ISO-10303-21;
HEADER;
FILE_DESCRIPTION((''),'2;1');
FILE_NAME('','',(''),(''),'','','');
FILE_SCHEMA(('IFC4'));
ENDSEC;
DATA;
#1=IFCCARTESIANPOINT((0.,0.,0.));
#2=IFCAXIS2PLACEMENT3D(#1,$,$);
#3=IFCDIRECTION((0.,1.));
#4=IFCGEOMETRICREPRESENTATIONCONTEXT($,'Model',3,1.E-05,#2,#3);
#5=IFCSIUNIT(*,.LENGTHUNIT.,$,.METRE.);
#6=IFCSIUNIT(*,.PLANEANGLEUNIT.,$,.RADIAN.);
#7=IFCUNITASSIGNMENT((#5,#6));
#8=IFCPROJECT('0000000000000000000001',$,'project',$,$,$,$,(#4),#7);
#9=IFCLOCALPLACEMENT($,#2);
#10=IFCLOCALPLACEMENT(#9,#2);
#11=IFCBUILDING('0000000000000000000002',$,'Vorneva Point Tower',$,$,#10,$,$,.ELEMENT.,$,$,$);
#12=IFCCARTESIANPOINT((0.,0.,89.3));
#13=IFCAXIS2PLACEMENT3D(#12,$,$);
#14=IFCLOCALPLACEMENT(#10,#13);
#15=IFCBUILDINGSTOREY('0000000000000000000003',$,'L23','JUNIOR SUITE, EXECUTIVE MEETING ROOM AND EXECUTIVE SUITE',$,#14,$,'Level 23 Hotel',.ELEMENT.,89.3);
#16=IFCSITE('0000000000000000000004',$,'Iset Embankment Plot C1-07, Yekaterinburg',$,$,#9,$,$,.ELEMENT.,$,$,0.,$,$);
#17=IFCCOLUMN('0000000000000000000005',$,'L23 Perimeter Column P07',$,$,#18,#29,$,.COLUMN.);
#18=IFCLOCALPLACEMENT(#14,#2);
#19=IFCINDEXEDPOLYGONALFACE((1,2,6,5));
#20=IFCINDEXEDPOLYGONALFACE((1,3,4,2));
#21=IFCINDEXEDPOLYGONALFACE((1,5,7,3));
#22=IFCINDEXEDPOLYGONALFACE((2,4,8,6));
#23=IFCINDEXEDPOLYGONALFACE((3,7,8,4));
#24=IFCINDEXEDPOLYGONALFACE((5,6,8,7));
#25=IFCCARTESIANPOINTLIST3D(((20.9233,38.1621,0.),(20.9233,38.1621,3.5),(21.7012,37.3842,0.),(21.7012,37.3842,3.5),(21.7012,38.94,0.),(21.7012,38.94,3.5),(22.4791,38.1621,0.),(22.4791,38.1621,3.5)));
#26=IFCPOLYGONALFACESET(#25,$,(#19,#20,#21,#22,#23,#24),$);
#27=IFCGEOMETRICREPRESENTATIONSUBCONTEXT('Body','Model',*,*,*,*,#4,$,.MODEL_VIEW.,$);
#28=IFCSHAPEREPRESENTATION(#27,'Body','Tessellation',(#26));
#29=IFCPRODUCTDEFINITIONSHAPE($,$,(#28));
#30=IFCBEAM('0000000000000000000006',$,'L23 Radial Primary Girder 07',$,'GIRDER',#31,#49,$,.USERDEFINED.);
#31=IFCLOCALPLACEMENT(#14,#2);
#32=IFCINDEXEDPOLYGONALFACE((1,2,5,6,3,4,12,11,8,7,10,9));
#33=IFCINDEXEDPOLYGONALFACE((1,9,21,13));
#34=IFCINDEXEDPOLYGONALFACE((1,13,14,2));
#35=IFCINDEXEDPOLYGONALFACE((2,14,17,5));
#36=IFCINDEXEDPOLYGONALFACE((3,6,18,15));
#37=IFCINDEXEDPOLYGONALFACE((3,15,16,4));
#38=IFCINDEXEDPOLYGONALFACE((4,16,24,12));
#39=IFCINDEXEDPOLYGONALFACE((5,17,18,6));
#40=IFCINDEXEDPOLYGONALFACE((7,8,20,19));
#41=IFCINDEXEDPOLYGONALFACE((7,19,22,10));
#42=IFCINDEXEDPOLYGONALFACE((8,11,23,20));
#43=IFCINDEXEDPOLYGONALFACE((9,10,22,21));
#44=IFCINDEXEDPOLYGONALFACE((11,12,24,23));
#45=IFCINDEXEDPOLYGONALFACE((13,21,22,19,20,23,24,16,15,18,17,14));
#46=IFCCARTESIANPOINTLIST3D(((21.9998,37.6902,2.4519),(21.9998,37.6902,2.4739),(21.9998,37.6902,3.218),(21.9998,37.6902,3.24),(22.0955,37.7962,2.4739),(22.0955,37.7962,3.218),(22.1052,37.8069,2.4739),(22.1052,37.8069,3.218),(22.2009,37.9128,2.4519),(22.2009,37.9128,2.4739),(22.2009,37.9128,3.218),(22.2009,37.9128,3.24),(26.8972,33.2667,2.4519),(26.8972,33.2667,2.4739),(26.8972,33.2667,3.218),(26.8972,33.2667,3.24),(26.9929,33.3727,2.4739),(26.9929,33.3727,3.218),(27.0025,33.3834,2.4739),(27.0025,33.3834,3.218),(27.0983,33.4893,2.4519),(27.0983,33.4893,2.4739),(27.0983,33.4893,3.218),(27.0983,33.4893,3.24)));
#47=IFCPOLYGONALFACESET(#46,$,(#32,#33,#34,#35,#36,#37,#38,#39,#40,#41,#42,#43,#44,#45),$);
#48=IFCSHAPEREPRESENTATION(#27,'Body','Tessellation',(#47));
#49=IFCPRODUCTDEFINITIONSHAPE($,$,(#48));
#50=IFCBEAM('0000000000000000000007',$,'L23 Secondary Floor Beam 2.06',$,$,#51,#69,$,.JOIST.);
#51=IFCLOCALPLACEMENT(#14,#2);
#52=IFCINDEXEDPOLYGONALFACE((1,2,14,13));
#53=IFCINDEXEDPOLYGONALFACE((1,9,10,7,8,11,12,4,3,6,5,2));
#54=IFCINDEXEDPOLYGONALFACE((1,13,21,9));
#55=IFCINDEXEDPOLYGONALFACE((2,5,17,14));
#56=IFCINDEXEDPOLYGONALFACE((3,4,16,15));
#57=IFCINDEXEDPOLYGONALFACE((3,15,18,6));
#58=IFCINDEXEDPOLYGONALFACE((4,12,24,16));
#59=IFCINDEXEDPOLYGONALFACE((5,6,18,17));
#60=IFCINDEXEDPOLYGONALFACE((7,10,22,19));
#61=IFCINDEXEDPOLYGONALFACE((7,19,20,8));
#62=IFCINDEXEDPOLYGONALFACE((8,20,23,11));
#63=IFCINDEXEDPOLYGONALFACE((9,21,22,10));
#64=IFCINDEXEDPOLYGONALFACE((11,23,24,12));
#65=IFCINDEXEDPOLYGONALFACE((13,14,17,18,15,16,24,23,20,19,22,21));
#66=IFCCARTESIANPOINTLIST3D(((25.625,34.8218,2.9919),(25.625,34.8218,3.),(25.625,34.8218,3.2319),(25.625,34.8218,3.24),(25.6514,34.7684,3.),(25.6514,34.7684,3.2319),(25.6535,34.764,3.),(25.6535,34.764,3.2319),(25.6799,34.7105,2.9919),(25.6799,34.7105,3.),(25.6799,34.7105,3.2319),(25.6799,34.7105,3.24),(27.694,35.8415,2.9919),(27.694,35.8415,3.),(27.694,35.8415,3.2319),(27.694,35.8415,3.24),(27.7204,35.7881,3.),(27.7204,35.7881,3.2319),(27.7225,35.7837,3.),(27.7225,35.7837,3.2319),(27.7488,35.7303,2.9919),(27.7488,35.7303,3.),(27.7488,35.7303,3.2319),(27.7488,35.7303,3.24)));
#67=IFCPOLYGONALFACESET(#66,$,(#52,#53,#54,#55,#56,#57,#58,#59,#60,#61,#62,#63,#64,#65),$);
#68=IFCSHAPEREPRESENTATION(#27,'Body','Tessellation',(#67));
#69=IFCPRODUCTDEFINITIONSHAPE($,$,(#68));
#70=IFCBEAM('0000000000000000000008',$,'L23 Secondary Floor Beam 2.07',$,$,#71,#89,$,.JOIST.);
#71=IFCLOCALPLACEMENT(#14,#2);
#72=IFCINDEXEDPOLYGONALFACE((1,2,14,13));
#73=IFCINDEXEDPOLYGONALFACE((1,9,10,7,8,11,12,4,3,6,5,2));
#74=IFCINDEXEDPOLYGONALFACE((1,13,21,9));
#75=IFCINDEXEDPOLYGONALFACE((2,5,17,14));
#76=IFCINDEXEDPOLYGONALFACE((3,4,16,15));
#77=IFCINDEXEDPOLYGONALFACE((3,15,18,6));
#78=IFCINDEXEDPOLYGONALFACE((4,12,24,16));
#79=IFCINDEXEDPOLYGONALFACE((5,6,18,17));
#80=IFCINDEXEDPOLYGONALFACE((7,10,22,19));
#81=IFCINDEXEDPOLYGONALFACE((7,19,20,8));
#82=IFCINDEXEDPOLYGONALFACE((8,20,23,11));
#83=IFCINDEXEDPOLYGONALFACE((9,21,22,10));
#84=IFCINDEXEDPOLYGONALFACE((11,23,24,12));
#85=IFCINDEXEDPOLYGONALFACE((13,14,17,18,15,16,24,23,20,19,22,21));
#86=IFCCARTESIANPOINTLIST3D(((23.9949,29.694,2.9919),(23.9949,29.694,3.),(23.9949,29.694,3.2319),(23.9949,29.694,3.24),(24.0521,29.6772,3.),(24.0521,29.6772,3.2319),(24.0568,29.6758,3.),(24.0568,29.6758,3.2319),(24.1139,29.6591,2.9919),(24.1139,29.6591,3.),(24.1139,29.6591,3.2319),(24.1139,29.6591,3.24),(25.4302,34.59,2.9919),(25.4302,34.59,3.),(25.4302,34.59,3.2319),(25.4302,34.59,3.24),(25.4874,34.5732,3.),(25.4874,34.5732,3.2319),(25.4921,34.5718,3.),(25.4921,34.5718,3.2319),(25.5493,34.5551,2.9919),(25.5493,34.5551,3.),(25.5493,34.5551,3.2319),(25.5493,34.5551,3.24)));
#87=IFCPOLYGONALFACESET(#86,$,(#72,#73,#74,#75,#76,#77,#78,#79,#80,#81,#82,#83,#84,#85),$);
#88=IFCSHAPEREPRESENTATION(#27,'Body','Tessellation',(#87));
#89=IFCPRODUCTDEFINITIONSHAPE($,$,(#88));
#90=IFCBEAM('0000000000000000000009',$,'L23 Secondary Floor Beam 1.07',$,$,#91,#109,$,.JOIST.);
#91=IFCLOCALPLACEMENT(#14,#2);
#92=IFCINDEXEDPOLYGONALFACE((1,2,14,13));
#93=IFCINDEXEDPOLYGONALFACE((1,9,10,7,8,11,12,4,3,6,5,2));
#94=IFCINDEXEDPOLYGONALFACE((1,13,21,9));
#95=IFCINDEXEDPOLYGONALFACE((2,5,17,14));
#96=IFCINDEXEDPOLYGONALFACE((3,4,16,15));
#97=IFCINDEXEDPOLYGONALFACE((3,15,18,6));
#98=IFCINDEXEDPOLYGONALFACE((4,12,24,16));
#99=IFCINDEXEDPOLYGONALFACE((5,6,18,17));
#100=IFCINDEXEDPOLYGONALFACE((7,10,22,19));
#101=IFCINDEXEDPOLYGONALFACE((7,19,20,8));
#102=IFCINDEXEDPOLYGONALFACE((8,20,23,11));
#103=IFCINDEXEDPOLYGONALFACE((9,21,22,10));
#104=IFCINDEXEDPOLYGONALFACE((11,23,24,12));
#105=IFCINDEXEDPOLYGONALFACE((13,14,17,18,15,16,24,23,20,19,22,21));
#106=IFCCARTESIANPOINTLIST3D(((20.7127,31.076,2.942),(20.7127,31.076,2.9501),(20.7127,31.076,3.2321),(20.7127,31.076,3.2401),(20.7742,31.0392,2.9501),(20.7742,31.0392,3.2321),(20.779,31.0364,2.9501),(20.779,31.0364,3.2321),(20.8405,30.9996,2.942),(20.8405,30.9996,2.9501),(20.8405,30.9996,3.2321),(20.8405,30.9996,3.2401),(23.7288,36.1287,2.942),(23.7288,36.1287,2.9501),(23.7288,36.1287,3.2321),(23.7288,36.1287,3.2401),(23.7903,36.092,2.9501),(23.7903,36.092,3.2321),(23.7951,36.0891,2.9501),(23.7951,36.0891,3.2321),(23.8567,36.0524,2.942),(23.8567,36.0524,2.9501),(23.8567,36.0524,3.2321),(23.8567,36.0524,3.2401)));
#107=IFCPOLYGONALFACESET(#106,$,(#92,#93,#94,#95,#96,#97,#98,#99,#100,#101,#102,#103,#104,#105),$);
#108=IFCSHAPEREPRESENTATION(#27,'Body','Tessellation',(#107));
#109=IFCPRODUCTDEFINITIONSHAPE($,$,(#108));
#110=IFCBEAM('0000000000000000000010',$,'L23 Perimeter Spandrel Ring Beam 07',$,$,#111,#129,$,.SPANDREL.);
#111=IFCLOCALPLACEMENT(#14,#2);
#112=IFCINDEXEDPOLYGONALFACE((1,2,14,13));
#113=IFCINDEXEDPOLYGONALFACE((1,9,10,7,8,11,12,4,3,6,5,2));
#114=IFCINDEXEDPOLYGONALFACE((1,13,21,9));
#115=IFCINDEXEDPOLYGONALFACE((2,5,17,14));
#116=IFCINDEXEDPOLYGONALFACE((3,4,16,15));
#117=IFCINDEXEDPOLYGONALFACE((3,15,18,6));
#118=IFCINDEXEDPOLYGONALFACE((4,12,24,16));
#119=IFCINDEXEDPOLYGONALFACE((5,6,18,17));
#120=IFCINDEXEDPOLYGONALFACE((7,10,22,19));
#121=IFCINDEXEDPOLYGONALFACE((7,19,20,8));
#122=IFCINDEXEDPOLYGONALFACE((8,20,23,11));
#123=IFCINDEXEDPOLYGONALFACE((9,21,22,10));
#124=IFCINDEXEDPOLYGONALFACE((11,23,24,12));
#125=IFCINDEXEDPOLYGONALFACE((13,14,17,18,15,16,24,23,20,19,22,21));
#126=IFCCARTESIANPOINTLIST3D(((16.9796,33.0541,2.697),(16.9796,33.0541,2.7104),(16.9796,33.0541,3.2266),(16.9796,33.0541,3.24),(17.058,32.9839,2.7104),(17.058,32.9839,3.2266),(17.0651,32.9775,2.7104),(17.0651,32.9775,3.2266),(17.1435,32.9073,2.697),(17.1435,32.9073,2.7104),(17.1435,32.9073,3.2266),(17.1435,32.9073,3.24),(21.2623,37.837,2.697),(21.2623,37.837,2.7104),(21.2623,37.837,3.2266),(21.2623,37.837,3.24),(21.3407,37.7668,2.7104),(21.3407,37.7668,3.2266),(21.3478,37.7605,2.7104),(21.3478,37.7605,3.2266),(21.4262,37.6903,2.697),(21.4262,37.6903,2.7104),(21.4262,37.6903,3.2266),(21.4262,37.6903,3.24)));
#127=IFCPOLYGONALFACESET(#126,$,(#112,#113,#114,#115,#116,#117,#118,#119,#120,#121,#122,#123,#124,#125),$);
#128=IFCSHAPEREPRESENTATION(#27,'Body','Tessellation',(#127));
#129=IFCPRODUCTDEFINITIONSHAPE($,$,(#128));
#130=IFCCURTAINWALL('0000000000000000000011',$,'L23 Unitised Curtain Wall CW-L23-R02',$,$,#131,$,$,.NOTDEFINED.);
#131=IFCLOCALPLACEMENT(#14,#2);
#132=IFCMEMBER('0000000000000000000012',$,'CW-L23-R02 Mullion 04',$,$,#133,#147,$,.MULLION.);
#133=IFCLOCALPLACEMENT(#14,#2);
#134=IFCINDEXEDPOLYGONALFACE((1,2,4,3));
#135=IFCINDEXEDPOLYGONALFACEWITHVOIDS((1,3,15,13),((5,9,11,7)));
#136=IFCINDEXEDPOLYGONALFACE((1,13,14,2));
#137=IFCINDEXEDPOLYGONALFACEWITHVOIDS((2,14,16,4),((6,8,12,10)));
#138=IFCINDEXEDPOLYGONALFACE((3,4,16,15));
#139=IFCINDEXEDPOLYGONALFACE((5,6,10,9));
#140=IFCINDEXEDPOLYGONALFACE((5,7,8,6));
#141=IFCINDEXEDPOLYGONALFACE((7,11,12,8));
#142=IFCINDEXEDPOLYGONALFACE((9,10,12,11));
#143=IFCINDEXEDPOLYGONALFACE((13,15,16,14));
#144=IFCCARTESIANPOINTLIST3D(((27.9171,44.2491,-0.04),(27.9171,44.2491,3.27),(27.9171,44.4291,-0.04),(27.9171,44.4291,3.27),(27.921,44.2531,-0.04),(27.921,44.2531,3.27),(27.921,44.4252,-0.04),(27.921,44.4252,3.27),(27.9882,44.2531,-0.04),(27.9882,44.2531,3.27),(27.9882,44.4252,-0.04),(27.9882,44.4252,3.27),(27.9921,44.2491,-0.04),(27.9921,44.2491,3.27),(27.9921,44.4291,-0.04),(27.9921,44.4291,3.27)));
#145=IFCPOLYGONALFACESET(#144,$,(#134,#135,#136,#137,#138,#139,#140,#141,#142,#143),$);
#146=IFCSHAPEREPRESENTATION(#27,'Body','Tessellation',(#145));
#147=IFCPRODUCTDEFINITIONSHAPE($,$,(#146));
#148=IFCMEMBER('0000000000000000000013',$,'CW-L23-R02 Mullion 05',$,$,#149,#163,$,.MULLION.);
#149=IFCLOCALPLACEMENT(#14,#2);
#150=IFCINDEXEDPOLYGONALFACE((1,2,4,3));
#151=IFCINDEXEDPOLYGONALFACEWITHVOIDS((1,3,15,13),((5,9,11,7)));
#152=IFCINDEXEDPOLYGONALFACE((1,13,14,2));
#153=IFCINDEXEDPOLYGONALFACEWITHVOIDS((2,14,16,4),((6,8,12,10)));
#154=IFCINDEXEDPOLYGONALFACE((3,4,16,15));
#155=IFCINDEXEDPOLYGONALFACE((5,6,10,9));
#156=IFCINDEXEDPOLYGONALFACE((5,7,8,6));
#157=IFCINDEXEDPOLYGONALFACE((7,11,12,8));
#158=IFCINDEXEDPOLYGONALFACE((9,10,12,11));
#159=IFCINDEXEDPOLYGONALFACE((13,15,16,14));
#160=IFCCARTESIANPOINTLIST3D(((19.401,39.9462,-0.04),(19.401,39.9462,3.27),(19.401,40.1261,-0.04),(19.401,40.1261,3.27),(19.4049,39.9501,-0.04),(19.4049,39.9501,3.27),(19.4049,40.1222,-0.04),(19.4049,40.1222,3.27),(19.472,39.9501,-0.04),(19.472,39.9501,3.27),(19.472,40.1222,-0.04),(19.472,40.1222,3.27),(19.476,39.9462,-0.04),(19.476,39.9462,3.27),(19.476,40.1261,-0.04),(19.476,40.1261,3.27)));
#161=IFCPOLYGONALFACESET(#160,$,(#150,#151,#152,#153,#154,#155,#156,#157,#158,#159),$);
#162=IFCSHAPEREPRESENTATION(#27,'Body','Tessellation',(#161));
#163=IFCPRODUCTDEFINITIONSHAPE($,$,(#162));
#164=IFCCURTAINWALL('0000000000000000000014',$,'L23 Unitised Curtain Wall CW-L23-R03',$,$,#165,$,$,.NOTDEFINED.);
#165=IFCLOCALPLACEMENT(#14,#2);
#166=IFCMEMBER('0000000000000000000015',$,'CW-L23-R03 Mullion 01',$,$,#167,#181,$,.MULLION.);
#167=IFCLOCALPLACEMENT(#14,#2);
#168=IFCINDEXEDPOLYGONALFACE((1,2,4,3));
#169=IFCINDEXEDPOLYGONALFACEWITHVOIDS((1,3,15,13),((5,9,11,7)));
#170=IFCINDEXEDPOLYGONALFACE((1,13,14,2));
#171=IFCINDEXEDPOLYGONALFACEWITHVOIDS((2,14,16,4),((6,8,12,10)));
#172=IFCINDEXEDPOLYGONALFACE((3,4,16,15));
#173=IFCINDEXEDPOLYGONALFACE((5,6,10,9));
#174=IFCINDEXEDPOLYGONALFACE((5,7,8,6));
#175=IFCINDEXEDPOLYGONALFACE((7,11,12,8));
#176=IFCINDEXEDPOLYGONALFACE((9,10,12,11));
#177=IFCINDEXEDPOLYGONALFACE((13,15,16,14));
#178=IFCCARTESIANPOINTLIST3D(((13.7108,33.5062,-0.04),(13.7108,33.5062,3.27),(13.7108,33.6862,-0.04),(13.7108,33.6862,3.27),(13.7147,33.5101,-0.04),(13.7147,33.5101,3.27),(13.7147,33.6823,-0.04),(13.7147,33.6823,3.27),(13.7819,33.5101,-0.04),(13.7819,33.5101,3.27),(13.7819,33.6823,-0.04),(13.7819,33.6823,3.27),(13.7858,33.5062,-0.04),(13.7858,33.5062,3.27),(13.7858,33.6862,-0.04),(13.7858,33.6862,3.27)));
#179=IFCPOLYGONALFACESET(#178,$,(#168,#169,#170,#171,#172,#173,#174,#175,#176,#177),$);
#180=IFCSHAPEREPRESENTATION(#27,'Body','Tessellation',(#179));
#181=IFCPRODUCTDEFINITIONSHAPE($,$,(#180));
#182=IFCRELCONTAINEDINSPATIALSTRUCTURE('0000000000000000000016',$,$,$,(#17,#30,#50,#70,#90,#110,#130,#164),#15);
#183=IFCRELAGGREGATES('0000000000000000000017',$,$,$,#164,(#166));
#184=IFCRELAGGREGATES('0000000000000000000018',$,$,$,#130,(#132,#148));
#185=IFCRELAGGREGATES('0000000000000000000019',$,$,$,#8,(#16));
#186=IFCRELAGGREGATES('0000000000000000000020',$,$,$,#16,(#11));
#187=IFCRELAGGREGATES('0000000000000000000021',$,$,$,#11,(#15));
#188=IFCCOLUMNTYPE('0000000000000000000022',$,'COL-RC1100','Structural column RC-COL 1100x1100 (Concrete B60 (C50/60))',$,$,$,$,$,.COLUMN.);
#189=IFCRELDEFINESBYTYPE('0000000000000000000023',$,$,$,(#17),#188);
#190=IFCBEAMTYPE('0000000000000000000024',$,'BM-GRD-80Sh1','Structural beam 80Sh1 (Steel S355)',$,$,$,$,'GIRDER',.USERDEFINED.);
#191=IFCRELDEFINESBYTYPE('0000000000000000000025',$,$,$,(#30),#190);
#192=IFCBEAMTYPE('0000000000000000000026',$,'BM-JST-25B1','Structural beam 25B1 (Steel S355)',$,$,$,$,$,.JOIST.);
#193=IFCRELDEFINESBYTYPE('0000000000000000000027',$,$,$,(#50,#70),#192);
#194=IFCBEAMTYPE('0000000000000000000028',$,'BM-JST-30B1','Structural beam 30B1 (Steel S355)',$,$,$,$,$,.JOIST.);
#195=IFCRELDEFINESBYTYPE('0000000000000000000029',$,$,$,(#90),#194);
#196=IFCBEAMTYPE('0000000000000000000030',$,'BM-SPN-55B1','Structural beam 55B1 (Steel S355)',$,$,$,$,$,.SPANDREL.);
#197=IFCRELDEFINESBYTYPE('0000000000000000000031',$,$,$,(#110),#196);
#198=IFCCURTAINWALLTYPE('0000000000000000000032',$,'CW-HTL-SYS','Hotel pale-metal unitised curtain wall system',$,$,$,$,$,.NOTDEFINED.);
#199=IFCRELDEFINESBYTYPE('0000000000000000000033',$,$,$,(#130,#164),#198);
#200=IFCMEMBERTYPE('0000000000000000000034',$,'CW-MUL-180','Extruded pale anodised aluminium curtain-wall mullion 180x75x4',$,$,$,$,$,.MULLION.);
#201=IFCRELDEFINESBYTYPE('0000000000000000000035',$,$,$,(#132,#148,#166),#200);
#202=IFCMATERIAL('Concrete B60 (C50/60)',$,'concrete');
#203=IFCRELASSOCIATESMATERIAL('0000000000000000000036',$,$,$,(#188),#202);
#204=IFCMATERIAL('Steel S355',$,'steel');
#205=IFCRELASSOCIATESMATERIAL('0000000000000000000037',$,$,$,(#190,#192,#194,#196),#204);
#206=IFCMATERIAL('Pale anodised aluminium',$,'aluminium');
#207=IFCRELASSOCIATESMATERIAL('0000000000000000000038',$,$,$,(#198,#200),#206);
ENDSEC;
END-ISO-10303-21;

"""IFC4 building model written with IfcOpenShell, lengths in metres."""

from ifc_helpers import new_model, si_unit, direction, frame, origin, origin_2d, place, context, subcontext, project, spatial, rectangle, hollow_rectangle, i_section, extrude, material, material_profile, profile_set, type_object, element, aggregate, save


model = new_model("IFC4")

# Units and contexts
model_context = context("Model", 3, precision=1e-05, world=origin(), true_north=direction((0.0, 1.0)))
body_context = subcontext(model_context, "Body", "Model", "MODEL_VIEW")
ifc_project = project(units=[si_unit("LENGTHUNIT", "METRE"), si_unit("PLANEANGLEUNIT", "RADIAN")], contexts=[model_context])

# Site, building, storey
site_placement = place(None, origin())
site = spatial("IfcSite", under=ifc_project, at=site_placement, Name="Iset Embankment Plot C1-07, Yekaterinburg", CompositionType="ELEMENT", RefElevation=0.0)
building_placement = place(site_placement, origin())
building = spatial("IfcBuilding", under=site, at=building_placement, Name="Vorneva Point Tower", CompositionType="ELEMENT")
storey_placement = place(building_placement, frame((0.0, 0.0, 89.3)))
storey = spatial("IfcBuildingStorey", under=building, at=storey_placement, Name="L23", Description="JUNIOR SUITE, EXECUTIVE MEETING ROOM AND EXECUTIVE SUITE", LongName="Level 23 Hotel", CompositionType="ELEMENT", Elevation=89.3)

# Column
ifc_material_1 = material(Name="Concrete B60 (C50/60)", Category="concrete")
ifc_material_profile_1 = material_profile(ifc_material_1, rectangle(XDim=1.1001, YDim=1.1001, at=origin_2d()), Name="RC-COL 1100x1100")
ifc_profile_set_1 = profile_set([ifc_material_profile_1], Name="Concrete B60 (C50/60)")
column_type = type_object("IfcColumnType", Name="COL-RC1100", Description="Structural column RC-COL 1100x1100 (Concrete B60 (C50/60))", PredefinedType="COLUMN", material=ifc_profile_set_1)
column_placement = place(storey_placement, frame((21.7012, 38.1621, 0.0), z_axis=(0.0, 0.0, 1.0), x_axis=(-0.707107, 0.707107, 0.0)))
element("IfcColumn", 1, at=column_placement, inside=storey, type_object=column_type, Name="L23 Perimeter Column P07", PredefinedType="COLUMN", context=body_context, shape_type="SweptSolid", body=[
    extrude(rectangle(XDim=1.1001, YDim=1.1001, at=origin_2d()), origin(), (0.0, 0.0, 1.0), 3.5),
])

# Beams
ifc_material_2 = material(Name="Steel S355", Category="steel")
ifc_material_profile_2 = material_profile(ifc_material_2, i_section(OverallWidth=0.3, OverallDepth=0.7881, WebThickness=0.0144, FlangeThickness=0.022, at=origin_2d()), Name="80Sh1")
ifc_profile_set_2 = profile_set([ifc_material_profile_2], Name="Steel S355")
beam_type_1 = type_object("IfcBeamType", Name="BM-GRD-80Sh1", Description="Structural beam 80Sh1 (Steel S355)", ElementType="GIRDER", PredefinedType="USERDEFINED", material=ifc_profile_set_2)
beam_1_placement = place(storey_placement, frame((22.1003, 37.8015, 2.8459), z_axis=(0.742097, -0.670292, 0.0), x_axis=(0.670292, 0.742097, 0.0)))
element("IfcBeam", 2, at=beam_1_placement, inside=storey, type_object=beam_type_1, Name="L23 Radial Primary Girder 07", ObjectType="GIRDER", PredefinedType="USERDEFINED", context=body_context, shape_type="SweptSolid", body=[
    extrude(i_section(OverallWidth=0.3, OverallDepth=0.7881, WebThickness=0.0144, FlangeThickness=0.022, at=origin_2d()), origin(), (0.0, 0.0, 1.0), 6.5994),
])
ifc_material_profile_3 = material_profile(ifc_material_2, i_section(OverallWidth=0.124, OverallDepth=0.248, WebThickness=0.0049, FlangeThickness=0.0081, at=origin_2d()), Name="25B1")
ifc_profile_set_3 = profile_set([ifc_material_profile_3], Name="Steel S355")
beam_type_2 = type_object("IfcBeamType", Name="BM-JST-25B1", Description="Structural beam 25B1 (Steel S355)", PredefinedType="JOIST", material=ifc_profile_set_3)
beam_2_placement = place(storey_placement, frame((27.7214, 35.7859, 3.116), z_axis=(-0.896974, -0.442084, 0.0), x_axis=(0.442084, -0.896974, 0.0)))
element("IfcBeam", 3, at=beam_2_placement, inside=storey, type_object=beam_type_2, Name="L23 Secondary Floor Beam 2.06", PredefinedType="JOIST", context=body_context, shape_type="SweptSolid", body=[
    extrude(i_section(OverallWidth=0.124, OverallDepth=0.248, WebThickness=0.0049, FlangeThickness=0.0081, at=origin_2d()), origin(), (0.0, 0.0, 1.0), 2.3066),
])
beam_3_placement = place(storey_placement, frame((25.4897, 34.5725, 3.116), z_axis=(-0.281319, -0.959614, 0.0), x_axis=(0.959614, -0.281319, 0.0)))
element("IfcBeam", 4, at=beam_3_placement, inside=storey, type_object=beam_type_2, Name="L23 Secondary Floor Beam 2.07", PredefinedType="JOIST", context=body_context, shape_type="SweptSolid", body=[
    extrude(i_section(OverallWidth=0.124, OverallDepth=0.248, WebThickness=0.0049, FlangeThickness=0.0081, at=origin_2d()), origin(), (0.0, 0.0, 1.0), 5.1021),
])
ifc_material_profile_4 = material_profile(ifc_material_2, i_section(OverallWidth=0.1489, OverallDepth=0.2981, WebThickness=0.0056, FlangeThickness=0.0081, at=origin_2d()), Name="30B1")
ifc_profile_set_4 = profile_set([ifc_material_profile_4], Name="Steel S355")
beam_type_3 = type_object("IfcBeamType", Name="BM-JST-30B1", Description="Structural beam 30B1 (Steel S355)", PredefinedType="JOIST", material=ifc_profile_set_4)
beam_4_placement = place(storey_placement, frame((23.7927, 36.0906, 3.0911), z_axis=(-0.512554, -0.858655, 0.0), x_axis=(0.858655, -0.512554, 0.0)))
element("IfcBeam", 5, at=beam_4_placement, inside=storey, type_object=beam_type_3, Name="L23 Secondary Floor Beam 1.07", PredefinedType="JOIST", context=body_context, shape_type="SweptSolid", body=[
    extrude(i_section(OverallWidth=0.1489, OverallDepth=0.2981, WebThickness=0.0056, FlangeThickness=0.0081, at=origin_2d()), origin(), (0.0, 0.0, 1.0), 5.8845),
])
ifc_material_profile_5 = material_profile(ifc_material_2, i_section(OverallWidth=0.22, OverallDepth=0.543, WebThickness=0.0095, FlangeThickness=0.0134, at=origin_2d()), Name="55B1")
ifc_profile_set_5 = profile_set([ifc_material_profile_5], Name="Steel S355")
beam_type_4 = type_object("IfcBeamType", Name="BM-SPN-55B1", Description="Structural beam 55B1 (Steel S355)", PredefinedType="SPANDREL", material=ifc_profile_set_5)
beam_5_placement = place(storey_placement, frame((21.3442, 37.7637, 2.9685), z_axis=(-0.667074, -0.744992, 0.0), x_axis=(0.744992, -0.667074, 0.0)))
element("IfcBeam", 6, at=beam_5_placement, inside=storey, type_object=beam_type_4, Name="L23 Perimeter Spandrel Ring Beam 07", PredefinedType="SPANDREL", context=body_context, shape_type="SweptSolid", body=[
    extrude(i_section(OverallWidth=0.22, OverallDepth=0.543, WebThickness=0.0095, FlangeThickness=0.0134, at=origin_2d()), origin(), (0.0, 0.0, 1.0), 6.4202),
])

# Curtain wall, members
ifc_material_3 = material(Name="Pale anodised aluminium", Category="aluminium")
curtain_wall_type = type_object("IfcCurtainWallType", Name="CW-HTL-SYS", Description="Hotel pale-metal unitised curtain wall system", PredefinedType="NOTDEFINED", material=ifc_material_3)
curtain_wall_1_placement = place(storey_placement, origin())
curtain_wall_1 = element("IfcCurtainWall", 7, at=curtain_wall_1_placement, inside=storey, type_object=curtain_wall_type, Name="L23 Unitised Curtain Wall CW-L23-R02", PredefinedType="NOTDEFINED")
ifc_material_profile_6 = material_profile(ifc_material_3, hollow_rectangle(XDim=0.075, YDim=0.1799, WallThickness=0.0039, at=origin_2d()), Name="AL-MUL 180x75x4")
ifc_profile_set_6 = profile_set([ifc_material_profile_6], Name="Pale anodised aluminium")
member_type_1 = type_object("IfcMemberType", Name="CW-MUL-180", Description="Extruded pale anodised aluminium curtain-wall mullion 180x75x4", PredefinedType="MULLION", material=ifc_profile_set_6)
member_1_placement = place(storey_placement, frame((27.9546, 44.3391, -0.04), z_axis=(0.0, 0.0, 1.0), x_axis=(1.0, 0.0, 0.0)))
member_1 = element("IfcMember", 8, at=member_1_placement, type_object=member_type_1, Name="CW-L23-R02 Mullion 04", PredefinedType="MULLION", context=body_context, shape_type="SweptSolid", body=[
    extrude(hollow_rectangle(XDim=0.075, YDim=0.1799, WallThickness=0.0039, at=origin_2d()), origin(), (0.0, 0.0, 1.0), 3.3101),
])
member_2_placement = place(storey_placement, frame((19.4385, 40.0361, -0.04), z_axis=(0.0, 0.0, 1.0), x_axis=(1.0, 0.0, 0.0)))
member_2 = element("IfcMember", 9, at=member_2_placement, type_object=member_type_1, Name="CW-L23-R02 Mullion 05", PredefinedType="MULLION", context=body_context, shape_type="SweptSolid", body=[
    extrude(hollow_rectangle(XDim=0.075, YDim=0.1799, WallThickness=0.0039, at=origin_2d()), origin(), (0.0, 0.0, 1.0), 3.3101),
])

# Curtain wall, member
curtain_wall_2_placement = place(storey_placement, origin())
curtain_wall_2 = element("IfcCurtainWall", 10, at=curtain_wall_2_placement, inside=storey, type_object=curtain_wall_type, Name="L23 Unitised Curtain Wall CW-L23-R03", PredefinedType="NOTDEFINED")
member_3_placement = place(storey_placement, frame((13.7483, 33.5962, -0.04), z_axis=(0.0, 0.0, 1.0), x_axis=(1.0, 0.0, 0.0)))
member_3 = element("IfcMember", 11, at=member_3_placement, type_object=member_type_1, Name="CW-L23-R03 Mullion 01", PredefinedType="MULLION", context=body_context, shape_type="SweptSolid", body=[
    extrude(hollow_rectangle(XDim=0.075, YDim=0.1799, WallThickness=0.0039, at=origin_2d()), origin(), (0.0, 0.0, 1.0), 3.3101),
])

aggregate(curtain_wall_2, [member_3])

aggregate(curtain_wall_1, [member_1, member_2])

save(model, "model.ifc")
